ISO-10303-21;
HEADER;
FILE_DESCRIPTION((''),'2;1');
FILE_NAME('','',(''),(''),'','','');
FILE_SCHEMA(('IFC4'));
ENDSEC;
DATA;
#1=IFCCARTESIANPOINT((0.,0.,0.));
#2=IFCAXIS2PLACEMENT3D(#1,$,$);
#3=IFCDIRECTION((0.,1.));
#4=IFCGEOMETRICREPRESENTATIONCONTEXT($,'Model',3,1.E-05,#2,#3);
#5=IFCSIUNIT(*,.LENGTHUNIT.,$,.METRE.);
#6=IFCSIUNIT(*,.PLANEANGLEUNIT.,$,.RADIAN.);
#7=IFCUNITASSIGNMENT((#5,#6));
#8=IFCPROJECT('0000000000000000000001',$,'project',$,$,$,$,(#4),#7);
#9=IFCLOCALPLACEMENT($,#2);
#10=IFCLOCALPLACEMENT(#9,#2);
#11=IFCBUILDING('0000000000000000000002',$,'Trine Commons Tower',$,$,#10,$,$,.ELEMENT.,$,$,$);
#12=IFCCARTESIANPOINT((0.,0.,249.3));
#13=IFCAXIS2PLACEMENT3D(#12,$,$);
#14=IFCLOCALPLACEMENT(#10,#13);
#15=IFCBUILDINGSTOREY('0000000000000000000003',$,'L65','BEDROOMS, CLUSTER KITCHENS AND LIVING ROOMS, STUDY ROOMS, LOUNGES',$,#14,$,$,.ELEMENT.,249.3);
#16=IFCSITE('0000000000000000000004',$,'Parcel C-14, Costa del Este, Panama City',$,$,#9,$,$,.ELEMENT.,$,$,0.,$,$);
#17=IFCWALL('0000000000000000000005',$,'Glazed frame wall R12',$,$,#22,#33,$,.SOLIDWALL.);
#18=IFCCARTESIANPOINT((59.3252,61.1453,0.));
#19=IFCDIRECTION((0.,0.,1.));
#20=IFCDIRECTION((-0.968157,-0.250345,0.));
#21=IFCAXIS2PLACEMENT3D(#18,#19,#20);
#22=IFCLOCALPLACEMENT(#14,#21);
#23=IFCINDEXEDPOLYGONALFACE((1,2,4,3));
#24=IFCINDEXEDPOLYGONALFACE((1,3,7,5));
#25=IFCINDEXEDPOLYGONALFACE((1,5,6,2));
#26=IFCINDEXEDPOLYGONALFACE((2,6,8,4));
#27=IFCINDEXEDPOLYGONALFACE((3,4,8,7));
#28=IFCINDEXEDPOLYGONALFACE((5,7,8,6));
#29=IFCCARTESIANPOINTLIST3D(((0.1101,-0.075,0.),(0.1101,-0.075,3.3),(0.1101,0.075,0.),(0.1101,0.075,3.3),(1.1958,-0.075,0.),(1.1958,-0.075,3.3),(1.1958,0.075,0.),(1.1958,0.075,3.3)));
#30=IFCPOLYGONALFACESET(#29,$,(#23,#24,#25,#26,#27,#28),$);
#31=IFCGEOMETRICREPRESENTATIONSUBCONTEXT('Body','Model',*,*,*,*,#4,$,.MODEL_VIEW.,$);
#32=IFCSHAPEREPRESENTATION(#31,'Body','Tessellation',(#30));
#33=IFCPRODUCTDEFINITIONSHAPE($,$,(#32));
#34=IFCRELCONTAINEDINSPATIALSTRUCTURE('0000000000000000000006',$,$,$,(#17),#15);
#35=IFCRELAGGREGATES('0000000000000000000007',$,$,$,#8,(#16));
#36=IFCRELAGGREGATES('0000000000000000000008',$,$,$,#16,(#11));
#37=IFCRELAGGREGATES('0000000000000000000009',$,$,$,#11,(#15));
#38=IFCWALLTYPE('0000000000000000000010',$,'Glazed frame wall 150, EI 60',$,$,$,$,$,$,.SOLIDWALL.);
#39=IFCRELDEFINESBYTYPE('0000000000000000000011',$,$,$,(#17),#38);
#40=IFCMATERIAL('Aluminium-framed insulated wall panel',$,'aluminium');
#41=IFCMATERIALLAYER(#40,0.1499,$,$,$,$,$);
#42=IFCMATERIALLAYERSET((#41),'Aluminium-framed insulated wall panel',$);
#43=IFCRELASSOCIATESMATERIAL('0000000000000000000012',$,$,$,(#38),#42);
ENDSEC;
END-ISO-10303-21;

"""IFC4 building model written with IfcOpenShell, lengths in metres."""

from ifc_helpers import new_model, si_unit, direction, frame, origin, place, context, subcontext, project, spatial, polyline, outline, extrude, material, layer, layer_set, type_object, element, save


model = new_model("IFC4")

# Units and contexts
model_context = context("Model", 3, precision=1e-05, world=origin(), true_north=direction((0.0, 1.0)))
body_context = subcontext(model_context, "Body", "Model", "MODEL_VIEW")
ifc_project = project(units=[si_unit("LENGTHUNIT", "METRE"), si_unit("PLANEANGLEUNIT", "RADIAN")], contexts=[model_context])

# Site, building, storey
site_placement = place(None, origin())
site = spatial("IfcSite", under=ifc_project, at=site_placement, Name="Parcel C-14, Costa del Este, Panama City", CompositionType="ELEMENT", RefElevation=0.0)
building_placement = place(site_placement, origin())
building = spatial("IfcBuilding", under=site, at=building_placement, Name="Trine Commons Tower", CompositionType="ELEMENT")
storey_placement = place(building_placement, frame((0.0, 0.0, 249.3)))
storey = spatial("IfcBuildingStorey", under=building, at=storey_placement, Name="L65", Description="BEDROOMS, CLUSTER KITCHENS AND LIVING ROOMS, STUDY ROOMS, LOUNGES", CompositionType="ELEMENT", Elevation=249.3)

# Shared definitions
ifc_material_1 = material(Name="Aluminium-framed insulated wall panel", Category="aluminium")
ifc_layer_1 = layer(ifc_material_1, 0.1499)
ifc_layer_set_1 = layer_set([ifc_layer_1], Name="Aluminium-framed insulated wall panel")
wall_type_1 = type_object("IfcWallType", Name="Glazed frame wall 150, EI 60", PredefinedType="SOLIDWALL", material=ifc_layer_set_1)

# Wall
wall_1_placement = place(storey_placement, frame((59.3252, 61.1453, 0.0), z_axis=(0.0, 0.0, 1.0), x_axis=(-0.968157, -0.250345, 0.0)))
element("IfcWall", 1, at=wall_1_placement, inside=storey, type_object=wall_type_1, Name="Glazed frame wall R12", PredefinedType="SOLIDWALL", context=body_context, shape_type="SweptSolid", body=[
    extrude(outline(polyline([(0.1101, 0.075), (0.1101, -0.075), (1.1958, -0.075), (1.1958, 0.075), (0.1101, 0.075)])), origin(), (0.0, 0.0, 1.0), 3.3),
])

save(model, "model.ifc")
